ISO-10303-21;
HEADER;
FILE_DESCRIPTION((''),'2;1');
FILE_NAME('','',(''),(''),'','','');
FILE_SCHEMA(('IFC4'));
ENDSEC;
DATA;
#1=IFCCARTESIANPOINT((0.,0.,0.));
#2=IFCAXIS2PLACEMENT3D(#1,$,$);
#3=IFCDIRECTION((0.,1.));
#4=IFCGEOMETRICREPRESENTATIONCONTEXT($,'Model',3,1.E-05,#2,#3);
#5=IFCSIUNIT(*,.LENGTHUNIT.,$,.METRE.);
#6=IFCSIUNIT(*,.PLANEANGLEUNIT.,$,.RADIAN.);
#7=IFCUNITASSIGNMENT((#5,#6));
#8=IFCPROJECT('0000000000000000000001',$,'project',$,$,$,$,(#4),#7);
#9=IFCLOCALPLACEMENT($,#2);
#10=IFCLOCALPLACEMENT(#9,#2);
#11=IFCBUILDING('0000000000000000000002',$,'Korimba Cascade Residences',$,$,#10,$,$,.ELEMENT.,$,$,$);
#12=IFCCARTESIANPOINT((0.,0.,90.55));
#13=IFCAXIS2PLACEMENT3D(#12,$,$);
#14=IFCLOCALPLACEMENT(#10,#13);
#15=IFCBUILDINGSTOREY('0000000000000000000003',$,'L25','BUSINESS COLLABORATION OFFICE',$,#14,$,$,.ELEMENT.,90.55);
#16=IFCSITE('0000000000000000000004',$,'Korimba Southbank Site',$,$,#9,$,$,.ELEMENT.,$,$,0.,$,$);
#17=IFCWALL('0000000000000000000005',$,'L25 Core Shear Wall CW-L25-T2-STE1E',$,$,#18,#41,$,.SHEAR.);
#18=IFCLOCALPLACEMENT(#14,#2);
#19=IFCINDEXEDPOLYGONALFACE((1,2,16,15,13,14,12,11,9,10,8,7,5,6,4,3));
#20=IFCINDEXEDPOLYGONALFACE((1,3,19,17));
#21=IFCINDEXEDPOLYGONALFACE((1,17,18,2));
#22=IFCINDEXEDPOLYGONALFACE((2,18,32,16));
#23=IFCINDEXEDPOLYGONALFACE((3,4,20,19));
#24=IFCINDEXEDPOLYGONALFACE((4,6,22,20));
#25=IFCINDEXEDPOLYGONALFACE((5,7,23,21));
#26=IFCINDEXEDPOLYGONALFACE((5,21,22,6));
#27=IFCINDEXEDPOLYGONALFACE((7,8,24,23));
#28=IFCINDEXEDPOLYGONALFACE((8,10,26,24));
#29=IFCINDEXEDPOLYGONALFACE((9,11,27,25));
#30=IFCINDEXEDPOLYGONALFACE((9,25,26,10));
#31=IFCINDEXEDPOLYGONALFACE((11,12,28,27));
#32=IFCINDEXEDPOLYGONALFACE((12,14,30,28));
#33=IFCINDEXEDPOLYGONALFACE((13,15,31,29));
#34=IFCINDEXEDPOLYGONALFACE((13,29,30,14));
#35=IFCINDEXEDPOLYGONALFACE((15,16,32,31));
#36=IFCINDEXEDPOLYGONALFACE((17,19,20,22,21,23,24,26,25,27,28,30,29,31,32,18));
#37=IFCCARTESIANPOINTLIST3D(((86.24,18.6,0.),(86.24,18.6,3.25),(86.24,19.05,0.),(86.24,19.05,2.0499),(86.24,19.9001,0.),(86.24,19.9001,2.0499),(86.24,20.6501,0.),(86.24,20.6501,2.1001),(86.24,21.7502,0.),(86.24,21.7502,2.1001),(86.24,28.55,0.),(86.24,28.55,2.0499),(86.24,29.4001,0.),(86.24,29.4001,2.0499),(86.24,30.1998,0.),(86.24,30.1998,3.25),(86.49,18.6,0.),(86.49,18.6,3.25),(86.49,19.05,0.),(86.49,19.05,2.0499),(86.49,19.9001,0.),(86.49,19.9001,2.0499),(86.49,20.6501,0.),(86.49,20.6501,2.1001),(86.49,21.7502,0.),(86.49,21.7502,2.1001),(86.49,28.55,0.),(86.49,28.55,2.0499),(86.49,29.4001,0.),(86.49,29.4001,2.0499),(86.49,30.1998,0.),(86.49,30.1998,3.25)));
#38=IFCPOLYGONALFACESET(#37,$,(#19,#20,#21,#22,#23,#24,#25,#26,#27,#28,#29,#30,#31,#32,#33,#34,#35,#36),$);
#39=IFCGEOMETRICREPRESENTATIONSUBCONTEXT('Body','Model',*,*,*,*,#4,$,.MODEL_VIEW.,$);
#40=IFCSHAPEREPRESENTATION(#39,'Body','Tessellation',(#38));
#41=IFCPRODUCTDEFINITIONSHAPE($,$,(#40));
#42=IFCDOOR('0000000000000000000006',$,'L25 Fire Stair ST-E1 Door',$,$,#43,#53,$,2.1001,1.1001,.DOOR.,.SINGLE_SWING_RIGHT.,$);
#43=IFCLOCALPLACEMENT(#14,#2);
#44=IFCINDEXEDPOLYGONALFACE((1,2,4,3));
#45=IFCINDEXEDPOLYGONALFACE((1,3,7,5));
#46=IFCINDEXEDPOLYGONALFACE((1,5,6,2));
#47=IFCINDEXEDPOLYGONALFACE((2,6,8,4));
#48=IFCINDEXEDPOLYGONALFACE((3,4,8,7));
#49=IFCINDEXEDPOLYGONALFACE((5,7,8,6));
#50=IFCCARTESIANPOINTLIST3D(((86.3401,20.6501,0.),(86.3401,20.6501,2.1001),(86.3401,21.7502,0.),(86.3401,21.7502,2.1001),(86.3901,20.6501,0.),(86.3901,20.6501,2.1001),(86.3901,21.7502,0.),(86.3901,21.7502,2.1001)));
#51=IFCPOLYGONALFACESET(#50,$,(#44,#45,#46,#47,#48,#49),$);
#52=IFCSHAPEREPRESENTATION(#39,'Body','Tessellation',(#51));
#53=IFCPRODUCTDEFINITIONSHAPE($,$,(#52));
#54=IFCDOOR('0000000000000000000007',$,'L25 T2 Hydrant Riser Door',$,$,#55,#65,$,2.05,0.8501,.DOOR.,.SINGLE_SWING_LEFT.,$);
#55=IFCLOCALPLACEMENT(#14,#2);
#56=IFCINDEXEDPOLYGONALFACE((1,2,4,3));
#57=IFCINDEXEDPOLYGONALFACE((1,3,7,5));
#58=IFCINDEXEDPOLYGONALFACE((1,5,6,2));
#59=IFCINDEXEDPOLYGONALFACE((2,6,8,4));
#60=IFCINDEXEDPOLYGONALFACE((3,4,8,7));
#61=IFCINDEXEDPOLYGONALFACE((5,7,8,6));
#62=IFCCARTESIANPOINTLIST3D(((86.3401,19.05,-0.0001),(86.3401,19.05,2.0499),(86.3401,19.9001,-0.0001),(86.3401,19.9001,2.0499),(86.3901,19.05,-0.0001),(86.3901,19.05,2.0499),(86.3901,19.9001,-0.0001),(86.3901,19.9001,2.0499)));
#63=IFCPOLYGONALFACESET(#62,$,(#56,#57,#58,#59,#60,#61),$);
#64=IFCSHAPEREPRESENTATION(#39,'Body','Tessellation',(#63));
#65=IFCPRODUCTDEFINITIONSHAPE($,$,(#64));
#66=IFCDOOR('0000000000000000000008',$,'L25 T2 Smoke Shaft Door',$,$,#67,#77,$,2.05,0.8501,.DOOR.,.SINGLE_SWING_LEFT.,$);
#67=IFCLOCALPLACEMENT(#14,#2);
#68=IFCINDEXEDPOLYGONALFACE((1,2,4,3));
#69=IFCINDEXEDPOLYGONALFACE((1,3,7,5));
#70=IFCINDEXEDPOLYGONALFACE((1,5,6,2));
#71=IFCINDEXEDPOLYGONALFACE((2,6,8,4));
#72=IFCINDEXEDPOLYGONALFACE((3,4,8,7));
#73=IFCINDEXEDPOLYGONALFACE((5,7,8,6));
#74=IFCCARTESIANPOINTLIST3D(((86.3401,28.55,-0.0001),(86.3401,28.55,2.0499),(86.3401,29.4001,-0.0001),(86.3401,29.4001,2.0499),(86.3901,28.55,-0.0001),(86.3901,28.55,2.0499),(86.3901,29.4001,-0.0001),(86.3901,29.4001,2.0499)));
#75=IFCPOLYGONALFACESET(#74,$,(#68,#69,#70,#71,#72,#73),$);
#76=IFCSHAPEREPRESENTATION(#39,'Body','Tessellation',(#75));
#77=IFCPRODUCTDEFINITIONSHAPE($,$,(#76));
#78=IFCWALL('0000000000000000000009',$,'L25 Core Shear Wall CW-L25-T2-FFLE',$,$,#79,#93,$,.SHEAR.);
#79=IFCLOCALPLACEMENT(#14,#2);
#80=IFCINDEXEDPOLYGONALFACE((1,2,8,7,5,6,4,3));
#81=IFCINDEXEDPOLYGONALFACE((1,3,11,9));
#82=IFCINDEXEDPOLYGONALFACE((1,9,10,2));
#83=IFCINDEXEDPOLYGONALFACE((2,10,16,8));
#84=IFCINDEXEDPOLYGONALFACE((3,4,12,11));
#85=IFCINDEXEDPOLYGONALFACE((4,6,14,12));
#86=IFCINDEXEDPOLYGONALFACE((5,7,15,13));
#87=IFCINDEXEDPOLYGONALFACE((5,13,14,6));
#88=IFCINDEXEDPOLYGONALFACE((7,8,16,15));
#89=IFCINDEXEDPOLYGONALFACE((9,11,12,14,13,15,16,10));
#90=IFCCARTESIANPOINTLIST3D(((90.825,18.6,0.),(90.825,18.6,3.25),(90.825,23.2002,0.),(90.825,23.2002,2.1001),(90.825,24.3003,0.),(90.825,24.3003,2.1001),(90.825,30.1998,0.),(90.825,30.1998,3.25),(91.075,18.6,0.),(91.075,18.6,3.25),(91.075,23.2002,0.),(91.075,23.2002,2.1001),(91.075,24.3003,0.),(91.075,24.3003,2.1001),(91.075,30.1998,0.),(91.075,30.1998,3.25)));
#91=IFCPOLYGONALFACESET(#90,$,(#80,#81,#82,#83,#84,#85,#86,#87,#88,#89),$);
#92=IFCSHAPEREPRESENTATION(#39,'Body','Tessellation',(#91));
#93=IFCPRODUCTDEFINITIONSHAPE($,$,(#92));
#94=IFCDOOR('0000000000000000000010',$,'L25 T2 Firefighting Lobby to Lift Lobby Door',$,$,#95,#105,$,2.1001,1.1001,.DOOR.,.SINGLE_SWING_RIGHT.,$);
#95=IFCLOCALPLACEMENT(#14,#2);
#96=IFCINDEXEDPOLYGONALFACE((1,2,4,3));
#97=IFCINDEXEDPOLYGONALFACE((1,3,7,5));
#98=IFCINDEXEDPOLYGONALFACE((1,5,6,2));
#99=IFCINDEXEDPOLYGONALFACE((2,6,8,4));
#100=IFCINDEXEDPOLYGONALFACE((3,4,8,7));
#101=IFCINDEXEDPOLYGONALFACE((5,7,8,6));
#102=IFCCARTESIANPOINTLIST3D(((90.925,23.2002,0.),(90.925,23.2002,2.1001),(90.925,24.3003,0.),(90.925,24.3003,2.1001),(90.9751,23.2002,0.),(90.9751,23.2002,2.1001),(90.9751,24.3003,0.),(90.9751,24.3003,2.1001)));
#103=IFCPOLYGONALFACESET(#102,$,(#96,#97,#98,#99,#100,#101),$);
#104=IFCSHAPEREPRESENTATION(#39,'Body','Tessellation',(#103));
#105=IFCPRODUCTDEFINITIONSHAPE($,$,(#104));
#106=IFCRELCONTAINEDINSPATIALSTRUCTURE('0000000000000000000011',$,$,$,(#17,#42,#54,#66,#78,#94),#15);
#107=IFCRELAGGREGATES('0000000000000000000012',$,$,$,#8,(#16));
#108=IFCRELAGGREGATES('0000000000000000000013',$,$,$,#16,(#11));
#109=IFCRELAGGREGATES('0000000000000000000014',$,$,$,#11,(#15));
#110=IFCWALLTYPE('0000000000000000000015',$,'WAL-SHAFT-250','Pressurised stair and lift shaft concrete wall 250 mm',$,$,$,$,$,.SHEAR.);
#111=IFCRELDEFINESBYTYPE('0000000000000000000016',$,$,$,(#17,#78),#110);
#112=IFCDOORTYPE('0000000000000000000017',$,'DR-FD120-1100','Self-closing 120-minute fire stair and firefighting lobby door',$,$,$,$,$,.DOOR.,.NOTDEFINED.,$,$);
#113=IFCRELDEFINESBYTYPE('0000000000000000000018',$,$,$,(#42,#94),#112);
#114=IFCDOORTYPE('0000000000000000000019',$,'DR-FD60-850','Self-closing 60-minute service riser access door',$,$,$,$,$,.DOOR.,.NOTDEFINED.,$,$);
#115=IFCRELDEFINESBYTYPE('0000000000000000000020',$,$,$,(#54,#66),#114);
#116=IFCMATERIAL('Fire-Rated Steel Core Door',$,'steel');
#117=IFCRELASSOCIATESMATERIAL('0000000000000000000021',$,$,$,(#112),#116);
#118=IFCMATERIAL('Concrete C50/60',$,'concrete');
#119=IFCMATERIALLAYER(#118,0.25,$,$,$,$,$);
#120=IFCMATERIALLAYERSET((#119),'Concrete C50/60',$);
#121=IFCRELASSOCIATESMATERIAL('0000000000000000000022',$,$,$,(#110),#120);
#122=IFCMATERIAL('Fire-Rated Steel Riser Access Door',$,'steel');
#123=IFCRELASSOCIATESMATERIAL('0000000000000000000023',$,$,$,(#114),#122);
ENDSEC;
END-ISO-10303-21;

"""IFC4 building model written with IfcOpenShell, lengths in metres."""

from ifc_helpers import new_model, si_unit, direction, frame, frame_2d, origin, place, context, subcontext, project, spatial, rectangle, extrude, material, layer, layer_set, type_object, element, fill, save


model = new_model("IFC4")

# Units and contexts
model_context = context("Model", 3, precision=1e-05, world=origin(), true_north=direction((0.0, 1.0)))
body_context = subcontext(model_context, "Body", "Model", "MODEL_VIEW")
ifc_project = project(units=[si_unit("LENGTHUNIT", "METRE"), si_unit("PLANEANGLEUNIT", "RADIAN")], contexts=[model_context])

# Site, building, storey
site_placement = place(None, origin())
site = spatial("IfcSite", under=ifc_project, at=site_placement, Name="Korimba Southbank Site", CompositionType="ELEMENT", RefElevation=0.0)
building_placement = place(site_placement, origin())
building = spatial("IfcBuilding", under=site, at=building_placement, Name="Korimba Cascade Residences", CompositionType="ELEMENT")
storey_placement = place(building_placement, frame((0.0, 0.0, 90.55)))
storey = spatial("IfcBuildingStorey", under=building, at=storey_placement, Name="L25", Description="BUSINESS COLLABORATION OFFICE", CompositionType="ELEMENT", Elevation=90.55)

# Shared definitions
ifc_material_1 = material(Name="Fire-Rated Steel Core Door", Category="steel")
door_type_1 = type_object("IfcDoorType", Name="DR-FD120-1100", Description="Self-closing 120-minute fire stair and firefighting lobby door", OperationType="NOTDEFINED", PredefinedType="DOOR", material=ifc_material_1)

# Wall, openings, doors
ifc_material_2 = material(Name="Concrete C50/60", Category="concrete")
ifc_layer_1 = layer(ifc_material_2, 0.25)
ifc_layer_set_1 = layer_set([ifc_layer_1], Name="Concrete C50/60")
wall_type_1 = type_object("IfcWallType", Name="WAL-SHAFT-250", Description="Pressurised stair and lift shaft concrete wall 250 mm", PredefinedType="SHEAR", material=ifc_layer_set_1)
wall_1_placement = place(storey_placement, frame((86.365, 18.6001, 0.0), z_axis=(0.0, 0.0, 1.0), x_axis=(0.0, 1.0, 0.0)))
wall_1 = element("IfcWall", 1, at=wall_1_placement, inside=storey, type_object=wall_type_1, Name="L25 Core Shear Wall CW-L25-T2-STE1E", PredefinedType="SHEAR", context=body_context, shape_type="SweptSolid", body=[
    extrude(rectangle(XDim=11.5999, YDim=0.25, at=frame_2d((5.7998, 0.0))), origin(), (0.0, 0.0, 1.0), 3.25),
])
opening_1_placement = place(wall_1_placement, frame((0.45, 0.0, 0.0)))
opening_1 = element("IfcOpeningElement", 2, at=opening_1_placement, cuts=wall_1, PredefinedType="OPENING", context=body_context, shape_type="SweptSolid", body=[
    extrude(rectangle(XDim=0.8501, YDim=2.05, at=frame_2d((0.425, 1.0249))), frame((0.0, 0.135, 0.0), z_axis=(0.0, -1.0, 0.0), x_axis=(1.0, 0.0, 0.0)), (0.0, 0.0, 1.0), 0.27),
])
opening_2_placement = place(wall_1_placement, frame((2.05, 0.0, 0.0)))
opening_2 = element("IfcOpeningElement", 3, at=opening_2_placement, cuts=wall_1, PredefinedType="OPENING", context=body_context, shape_type="SweptSolid", body=[
    extrude(rectangle(XDim=1.1001, YDim=2.1001, at=frame_2d((0.55, 1.05))), frame((0.0, 0.135, 0.0), z_axis=(0.0, -1.0, 0.0), x_axis=(1.0, 0.0, 0.0)), (0.0, 0.0, 1.0), 0.27),
])
opening_3_placement = place(wall_1_placement, frame((9.95, 0.0, 0.0)))
opening_3 = element("IfcOpeningElement", 4, at=opening_3_placement, cuts=wall_1, PredefinedType="OPENING", context=body_context, shape_type="SweptSolid", body=[
    extrude(rectangle(XDim=0.8501, YDim=2.05, at=frame_2d((0.425, 1.0249))), frame((0.0, 0.135, 0.0), z_axis=(0.0, -1.0, 0.0), x_axis=(1.0, 0.0, 0.0)), (0.0, 0.0, 1.0), 0.27),
])
door_1_placement = place(opening_2_placement, origin())
door_1 = element("IfcDoor", 5, at=door_1_placement, inside=storey, type_object=door_type_1, Name="L25 Fire Stair ST-E1 Door", OperationType="SINGLE_SWING_RIGHT", OverallHeight=2.1001, OverallWidth=1.1001, PredefinedType="DOOR", context=body_context, shape_type="SweptSolid", body=[
    extrude(rectangle(XDim=1.1001, YDim=2.1001, at=frame_2d((0.55, 1.05))), frame((0.0, 0.0249, 0.0), z_axis=(0.0, -1.0, 0.0), x_axis=(1.0, 0.0, 0.0)), (0.0, 0.0, 1.0), 0.05),
])
fill(opening_2, door_1)
ifc_material_3 = material(Name="Fire-Rated Steel Riser Access Door", Category="steel")
door_type_2 = type_object("IfcDoorType", Name="DR-FD60-850", Description="Self-closing 60-minute service riser access door", OperationType="NOTDEFINED", PredefinedType="DOOR", material=ifc_material_3)
door_2_placement = place(opening_1_placement, origin())
door_2 = element("IfcDoor", 6, at=door_2_placement, inside=storey, type_object=door_type_2, Name="L25 T2 Hydrant Riser Door", OperationType="SINGLE_SWING_LEFT", OverallHeight=2.05, OverallWidth=0.8501, PredefinedType="DOOR", context=body_context, shape_type="SweptSolid", body=[
    extrude(rectangle(XDim=0.8501, YDim=2.05, at=frame_2d((0.425, 1.0249))), frame((0.0, 0.0249, 0.0), z_axis=(0.0, -1.0, 0.0), x_axis=(1.0, 0.0, 0.0)), (0.0, 0.0, 1.0), 0.05),
])
fill(opening_1, door_2)
door_3_placement = place(opening_3_placement, origin())
door_3 = element("IfcDoor", 7, at=door_3_placement, inside=storey, type_object=door_type_2, Name="L25 T2 Smoke Shaft Door", OperationType="SINGLE_SWING_LEFT", OverallHeight=2.05, OverallWidth=0.8501, PredefinedType="DOOR", context=body_context, shape_type="SweptSolid", body=[
    extrude(rectangle(XDim=0.8501, YDim=2.05, at=frame_2d((0.425, 1.0249))), frame((0.0, 0.0249, 0.0), z_axis=(0.0, -1.0, 0.0), x_axis=(1.0, 0.0, 0.0)), (0.0, 0.0, 1.0), 0.05),
])
fill(opening_3, door_3)

# Wall, opening, door
wall_2_placement = place(storey_placement, frame((90.95, 18.6001, 0.0), z_axis=(0.0, 0.0, 1.0), x_axis=(0.0, 1.0, 0.0)))
wall_2 = element("IfcWall", 8, at=wall_2_placement, inside=storey, type_object=wall_type_1, Name="L25 Core Shear Wall CW-L25-T2-FFLE", PredefinedType="SHEAR", context=body_context, shape_type="SweptSolid", body=[
    extrude(rectangle(XDim=11.5999, YDim=0.25, at=frame_2d((5.7998, 0.0))), origin(), (0.0, 0.0, 1.0), 3.25),
])
opening_4_placement = place(wall_2_placement, frame((4.6001, 0.0, 0.0)))
opening_4 = element("IfcOpeningElement", 9, at=opening_4_placement, cuts=wall_2, PredefinedType="OPENING", context=body_context, shape_type="SweptSolid", body=[
    extrude(rectangle(XDim=1.1001, YDim=2.1001, at=frame_2d((0.55, 1.05))), frame((0.0, 0.135, 0.0), z_axis=(0.0, -1.0, 0.0), x_axis=(1.0, 0.0, 0.0)), (0.0, 0.0, 1.0), 0.27),
])
door_4_placement = place(opening_4_placement, origin())
door_4 = element("IfcDoor", 10, at=door_4_placement, inside=storey, type_object=door_type_1, Name="L25 T2 Firefighting Lobby to Lift Lobby Door", OperationType="SINGLE_SWING_RIGHT", OverallHeight=2.1001, OverallWidth=1.1001, PredefinedType="DOOR", context=body_context, shape_type="SweptSolid", body=[
    extrude(rectangle(XDim=1.1001, YDim=2.1001, at=frame_2d((0.55, 1.05))), frame((0.0, 0.0249, 0.0), z_axis=(0.0, -1.0, 0.0), x_axis=(1.0, 0.0, 0.0)), (0.0, 0.0, 1.0), 0.05),
])
fill(opening_4, door_4)

save(model, "model.ifc")
